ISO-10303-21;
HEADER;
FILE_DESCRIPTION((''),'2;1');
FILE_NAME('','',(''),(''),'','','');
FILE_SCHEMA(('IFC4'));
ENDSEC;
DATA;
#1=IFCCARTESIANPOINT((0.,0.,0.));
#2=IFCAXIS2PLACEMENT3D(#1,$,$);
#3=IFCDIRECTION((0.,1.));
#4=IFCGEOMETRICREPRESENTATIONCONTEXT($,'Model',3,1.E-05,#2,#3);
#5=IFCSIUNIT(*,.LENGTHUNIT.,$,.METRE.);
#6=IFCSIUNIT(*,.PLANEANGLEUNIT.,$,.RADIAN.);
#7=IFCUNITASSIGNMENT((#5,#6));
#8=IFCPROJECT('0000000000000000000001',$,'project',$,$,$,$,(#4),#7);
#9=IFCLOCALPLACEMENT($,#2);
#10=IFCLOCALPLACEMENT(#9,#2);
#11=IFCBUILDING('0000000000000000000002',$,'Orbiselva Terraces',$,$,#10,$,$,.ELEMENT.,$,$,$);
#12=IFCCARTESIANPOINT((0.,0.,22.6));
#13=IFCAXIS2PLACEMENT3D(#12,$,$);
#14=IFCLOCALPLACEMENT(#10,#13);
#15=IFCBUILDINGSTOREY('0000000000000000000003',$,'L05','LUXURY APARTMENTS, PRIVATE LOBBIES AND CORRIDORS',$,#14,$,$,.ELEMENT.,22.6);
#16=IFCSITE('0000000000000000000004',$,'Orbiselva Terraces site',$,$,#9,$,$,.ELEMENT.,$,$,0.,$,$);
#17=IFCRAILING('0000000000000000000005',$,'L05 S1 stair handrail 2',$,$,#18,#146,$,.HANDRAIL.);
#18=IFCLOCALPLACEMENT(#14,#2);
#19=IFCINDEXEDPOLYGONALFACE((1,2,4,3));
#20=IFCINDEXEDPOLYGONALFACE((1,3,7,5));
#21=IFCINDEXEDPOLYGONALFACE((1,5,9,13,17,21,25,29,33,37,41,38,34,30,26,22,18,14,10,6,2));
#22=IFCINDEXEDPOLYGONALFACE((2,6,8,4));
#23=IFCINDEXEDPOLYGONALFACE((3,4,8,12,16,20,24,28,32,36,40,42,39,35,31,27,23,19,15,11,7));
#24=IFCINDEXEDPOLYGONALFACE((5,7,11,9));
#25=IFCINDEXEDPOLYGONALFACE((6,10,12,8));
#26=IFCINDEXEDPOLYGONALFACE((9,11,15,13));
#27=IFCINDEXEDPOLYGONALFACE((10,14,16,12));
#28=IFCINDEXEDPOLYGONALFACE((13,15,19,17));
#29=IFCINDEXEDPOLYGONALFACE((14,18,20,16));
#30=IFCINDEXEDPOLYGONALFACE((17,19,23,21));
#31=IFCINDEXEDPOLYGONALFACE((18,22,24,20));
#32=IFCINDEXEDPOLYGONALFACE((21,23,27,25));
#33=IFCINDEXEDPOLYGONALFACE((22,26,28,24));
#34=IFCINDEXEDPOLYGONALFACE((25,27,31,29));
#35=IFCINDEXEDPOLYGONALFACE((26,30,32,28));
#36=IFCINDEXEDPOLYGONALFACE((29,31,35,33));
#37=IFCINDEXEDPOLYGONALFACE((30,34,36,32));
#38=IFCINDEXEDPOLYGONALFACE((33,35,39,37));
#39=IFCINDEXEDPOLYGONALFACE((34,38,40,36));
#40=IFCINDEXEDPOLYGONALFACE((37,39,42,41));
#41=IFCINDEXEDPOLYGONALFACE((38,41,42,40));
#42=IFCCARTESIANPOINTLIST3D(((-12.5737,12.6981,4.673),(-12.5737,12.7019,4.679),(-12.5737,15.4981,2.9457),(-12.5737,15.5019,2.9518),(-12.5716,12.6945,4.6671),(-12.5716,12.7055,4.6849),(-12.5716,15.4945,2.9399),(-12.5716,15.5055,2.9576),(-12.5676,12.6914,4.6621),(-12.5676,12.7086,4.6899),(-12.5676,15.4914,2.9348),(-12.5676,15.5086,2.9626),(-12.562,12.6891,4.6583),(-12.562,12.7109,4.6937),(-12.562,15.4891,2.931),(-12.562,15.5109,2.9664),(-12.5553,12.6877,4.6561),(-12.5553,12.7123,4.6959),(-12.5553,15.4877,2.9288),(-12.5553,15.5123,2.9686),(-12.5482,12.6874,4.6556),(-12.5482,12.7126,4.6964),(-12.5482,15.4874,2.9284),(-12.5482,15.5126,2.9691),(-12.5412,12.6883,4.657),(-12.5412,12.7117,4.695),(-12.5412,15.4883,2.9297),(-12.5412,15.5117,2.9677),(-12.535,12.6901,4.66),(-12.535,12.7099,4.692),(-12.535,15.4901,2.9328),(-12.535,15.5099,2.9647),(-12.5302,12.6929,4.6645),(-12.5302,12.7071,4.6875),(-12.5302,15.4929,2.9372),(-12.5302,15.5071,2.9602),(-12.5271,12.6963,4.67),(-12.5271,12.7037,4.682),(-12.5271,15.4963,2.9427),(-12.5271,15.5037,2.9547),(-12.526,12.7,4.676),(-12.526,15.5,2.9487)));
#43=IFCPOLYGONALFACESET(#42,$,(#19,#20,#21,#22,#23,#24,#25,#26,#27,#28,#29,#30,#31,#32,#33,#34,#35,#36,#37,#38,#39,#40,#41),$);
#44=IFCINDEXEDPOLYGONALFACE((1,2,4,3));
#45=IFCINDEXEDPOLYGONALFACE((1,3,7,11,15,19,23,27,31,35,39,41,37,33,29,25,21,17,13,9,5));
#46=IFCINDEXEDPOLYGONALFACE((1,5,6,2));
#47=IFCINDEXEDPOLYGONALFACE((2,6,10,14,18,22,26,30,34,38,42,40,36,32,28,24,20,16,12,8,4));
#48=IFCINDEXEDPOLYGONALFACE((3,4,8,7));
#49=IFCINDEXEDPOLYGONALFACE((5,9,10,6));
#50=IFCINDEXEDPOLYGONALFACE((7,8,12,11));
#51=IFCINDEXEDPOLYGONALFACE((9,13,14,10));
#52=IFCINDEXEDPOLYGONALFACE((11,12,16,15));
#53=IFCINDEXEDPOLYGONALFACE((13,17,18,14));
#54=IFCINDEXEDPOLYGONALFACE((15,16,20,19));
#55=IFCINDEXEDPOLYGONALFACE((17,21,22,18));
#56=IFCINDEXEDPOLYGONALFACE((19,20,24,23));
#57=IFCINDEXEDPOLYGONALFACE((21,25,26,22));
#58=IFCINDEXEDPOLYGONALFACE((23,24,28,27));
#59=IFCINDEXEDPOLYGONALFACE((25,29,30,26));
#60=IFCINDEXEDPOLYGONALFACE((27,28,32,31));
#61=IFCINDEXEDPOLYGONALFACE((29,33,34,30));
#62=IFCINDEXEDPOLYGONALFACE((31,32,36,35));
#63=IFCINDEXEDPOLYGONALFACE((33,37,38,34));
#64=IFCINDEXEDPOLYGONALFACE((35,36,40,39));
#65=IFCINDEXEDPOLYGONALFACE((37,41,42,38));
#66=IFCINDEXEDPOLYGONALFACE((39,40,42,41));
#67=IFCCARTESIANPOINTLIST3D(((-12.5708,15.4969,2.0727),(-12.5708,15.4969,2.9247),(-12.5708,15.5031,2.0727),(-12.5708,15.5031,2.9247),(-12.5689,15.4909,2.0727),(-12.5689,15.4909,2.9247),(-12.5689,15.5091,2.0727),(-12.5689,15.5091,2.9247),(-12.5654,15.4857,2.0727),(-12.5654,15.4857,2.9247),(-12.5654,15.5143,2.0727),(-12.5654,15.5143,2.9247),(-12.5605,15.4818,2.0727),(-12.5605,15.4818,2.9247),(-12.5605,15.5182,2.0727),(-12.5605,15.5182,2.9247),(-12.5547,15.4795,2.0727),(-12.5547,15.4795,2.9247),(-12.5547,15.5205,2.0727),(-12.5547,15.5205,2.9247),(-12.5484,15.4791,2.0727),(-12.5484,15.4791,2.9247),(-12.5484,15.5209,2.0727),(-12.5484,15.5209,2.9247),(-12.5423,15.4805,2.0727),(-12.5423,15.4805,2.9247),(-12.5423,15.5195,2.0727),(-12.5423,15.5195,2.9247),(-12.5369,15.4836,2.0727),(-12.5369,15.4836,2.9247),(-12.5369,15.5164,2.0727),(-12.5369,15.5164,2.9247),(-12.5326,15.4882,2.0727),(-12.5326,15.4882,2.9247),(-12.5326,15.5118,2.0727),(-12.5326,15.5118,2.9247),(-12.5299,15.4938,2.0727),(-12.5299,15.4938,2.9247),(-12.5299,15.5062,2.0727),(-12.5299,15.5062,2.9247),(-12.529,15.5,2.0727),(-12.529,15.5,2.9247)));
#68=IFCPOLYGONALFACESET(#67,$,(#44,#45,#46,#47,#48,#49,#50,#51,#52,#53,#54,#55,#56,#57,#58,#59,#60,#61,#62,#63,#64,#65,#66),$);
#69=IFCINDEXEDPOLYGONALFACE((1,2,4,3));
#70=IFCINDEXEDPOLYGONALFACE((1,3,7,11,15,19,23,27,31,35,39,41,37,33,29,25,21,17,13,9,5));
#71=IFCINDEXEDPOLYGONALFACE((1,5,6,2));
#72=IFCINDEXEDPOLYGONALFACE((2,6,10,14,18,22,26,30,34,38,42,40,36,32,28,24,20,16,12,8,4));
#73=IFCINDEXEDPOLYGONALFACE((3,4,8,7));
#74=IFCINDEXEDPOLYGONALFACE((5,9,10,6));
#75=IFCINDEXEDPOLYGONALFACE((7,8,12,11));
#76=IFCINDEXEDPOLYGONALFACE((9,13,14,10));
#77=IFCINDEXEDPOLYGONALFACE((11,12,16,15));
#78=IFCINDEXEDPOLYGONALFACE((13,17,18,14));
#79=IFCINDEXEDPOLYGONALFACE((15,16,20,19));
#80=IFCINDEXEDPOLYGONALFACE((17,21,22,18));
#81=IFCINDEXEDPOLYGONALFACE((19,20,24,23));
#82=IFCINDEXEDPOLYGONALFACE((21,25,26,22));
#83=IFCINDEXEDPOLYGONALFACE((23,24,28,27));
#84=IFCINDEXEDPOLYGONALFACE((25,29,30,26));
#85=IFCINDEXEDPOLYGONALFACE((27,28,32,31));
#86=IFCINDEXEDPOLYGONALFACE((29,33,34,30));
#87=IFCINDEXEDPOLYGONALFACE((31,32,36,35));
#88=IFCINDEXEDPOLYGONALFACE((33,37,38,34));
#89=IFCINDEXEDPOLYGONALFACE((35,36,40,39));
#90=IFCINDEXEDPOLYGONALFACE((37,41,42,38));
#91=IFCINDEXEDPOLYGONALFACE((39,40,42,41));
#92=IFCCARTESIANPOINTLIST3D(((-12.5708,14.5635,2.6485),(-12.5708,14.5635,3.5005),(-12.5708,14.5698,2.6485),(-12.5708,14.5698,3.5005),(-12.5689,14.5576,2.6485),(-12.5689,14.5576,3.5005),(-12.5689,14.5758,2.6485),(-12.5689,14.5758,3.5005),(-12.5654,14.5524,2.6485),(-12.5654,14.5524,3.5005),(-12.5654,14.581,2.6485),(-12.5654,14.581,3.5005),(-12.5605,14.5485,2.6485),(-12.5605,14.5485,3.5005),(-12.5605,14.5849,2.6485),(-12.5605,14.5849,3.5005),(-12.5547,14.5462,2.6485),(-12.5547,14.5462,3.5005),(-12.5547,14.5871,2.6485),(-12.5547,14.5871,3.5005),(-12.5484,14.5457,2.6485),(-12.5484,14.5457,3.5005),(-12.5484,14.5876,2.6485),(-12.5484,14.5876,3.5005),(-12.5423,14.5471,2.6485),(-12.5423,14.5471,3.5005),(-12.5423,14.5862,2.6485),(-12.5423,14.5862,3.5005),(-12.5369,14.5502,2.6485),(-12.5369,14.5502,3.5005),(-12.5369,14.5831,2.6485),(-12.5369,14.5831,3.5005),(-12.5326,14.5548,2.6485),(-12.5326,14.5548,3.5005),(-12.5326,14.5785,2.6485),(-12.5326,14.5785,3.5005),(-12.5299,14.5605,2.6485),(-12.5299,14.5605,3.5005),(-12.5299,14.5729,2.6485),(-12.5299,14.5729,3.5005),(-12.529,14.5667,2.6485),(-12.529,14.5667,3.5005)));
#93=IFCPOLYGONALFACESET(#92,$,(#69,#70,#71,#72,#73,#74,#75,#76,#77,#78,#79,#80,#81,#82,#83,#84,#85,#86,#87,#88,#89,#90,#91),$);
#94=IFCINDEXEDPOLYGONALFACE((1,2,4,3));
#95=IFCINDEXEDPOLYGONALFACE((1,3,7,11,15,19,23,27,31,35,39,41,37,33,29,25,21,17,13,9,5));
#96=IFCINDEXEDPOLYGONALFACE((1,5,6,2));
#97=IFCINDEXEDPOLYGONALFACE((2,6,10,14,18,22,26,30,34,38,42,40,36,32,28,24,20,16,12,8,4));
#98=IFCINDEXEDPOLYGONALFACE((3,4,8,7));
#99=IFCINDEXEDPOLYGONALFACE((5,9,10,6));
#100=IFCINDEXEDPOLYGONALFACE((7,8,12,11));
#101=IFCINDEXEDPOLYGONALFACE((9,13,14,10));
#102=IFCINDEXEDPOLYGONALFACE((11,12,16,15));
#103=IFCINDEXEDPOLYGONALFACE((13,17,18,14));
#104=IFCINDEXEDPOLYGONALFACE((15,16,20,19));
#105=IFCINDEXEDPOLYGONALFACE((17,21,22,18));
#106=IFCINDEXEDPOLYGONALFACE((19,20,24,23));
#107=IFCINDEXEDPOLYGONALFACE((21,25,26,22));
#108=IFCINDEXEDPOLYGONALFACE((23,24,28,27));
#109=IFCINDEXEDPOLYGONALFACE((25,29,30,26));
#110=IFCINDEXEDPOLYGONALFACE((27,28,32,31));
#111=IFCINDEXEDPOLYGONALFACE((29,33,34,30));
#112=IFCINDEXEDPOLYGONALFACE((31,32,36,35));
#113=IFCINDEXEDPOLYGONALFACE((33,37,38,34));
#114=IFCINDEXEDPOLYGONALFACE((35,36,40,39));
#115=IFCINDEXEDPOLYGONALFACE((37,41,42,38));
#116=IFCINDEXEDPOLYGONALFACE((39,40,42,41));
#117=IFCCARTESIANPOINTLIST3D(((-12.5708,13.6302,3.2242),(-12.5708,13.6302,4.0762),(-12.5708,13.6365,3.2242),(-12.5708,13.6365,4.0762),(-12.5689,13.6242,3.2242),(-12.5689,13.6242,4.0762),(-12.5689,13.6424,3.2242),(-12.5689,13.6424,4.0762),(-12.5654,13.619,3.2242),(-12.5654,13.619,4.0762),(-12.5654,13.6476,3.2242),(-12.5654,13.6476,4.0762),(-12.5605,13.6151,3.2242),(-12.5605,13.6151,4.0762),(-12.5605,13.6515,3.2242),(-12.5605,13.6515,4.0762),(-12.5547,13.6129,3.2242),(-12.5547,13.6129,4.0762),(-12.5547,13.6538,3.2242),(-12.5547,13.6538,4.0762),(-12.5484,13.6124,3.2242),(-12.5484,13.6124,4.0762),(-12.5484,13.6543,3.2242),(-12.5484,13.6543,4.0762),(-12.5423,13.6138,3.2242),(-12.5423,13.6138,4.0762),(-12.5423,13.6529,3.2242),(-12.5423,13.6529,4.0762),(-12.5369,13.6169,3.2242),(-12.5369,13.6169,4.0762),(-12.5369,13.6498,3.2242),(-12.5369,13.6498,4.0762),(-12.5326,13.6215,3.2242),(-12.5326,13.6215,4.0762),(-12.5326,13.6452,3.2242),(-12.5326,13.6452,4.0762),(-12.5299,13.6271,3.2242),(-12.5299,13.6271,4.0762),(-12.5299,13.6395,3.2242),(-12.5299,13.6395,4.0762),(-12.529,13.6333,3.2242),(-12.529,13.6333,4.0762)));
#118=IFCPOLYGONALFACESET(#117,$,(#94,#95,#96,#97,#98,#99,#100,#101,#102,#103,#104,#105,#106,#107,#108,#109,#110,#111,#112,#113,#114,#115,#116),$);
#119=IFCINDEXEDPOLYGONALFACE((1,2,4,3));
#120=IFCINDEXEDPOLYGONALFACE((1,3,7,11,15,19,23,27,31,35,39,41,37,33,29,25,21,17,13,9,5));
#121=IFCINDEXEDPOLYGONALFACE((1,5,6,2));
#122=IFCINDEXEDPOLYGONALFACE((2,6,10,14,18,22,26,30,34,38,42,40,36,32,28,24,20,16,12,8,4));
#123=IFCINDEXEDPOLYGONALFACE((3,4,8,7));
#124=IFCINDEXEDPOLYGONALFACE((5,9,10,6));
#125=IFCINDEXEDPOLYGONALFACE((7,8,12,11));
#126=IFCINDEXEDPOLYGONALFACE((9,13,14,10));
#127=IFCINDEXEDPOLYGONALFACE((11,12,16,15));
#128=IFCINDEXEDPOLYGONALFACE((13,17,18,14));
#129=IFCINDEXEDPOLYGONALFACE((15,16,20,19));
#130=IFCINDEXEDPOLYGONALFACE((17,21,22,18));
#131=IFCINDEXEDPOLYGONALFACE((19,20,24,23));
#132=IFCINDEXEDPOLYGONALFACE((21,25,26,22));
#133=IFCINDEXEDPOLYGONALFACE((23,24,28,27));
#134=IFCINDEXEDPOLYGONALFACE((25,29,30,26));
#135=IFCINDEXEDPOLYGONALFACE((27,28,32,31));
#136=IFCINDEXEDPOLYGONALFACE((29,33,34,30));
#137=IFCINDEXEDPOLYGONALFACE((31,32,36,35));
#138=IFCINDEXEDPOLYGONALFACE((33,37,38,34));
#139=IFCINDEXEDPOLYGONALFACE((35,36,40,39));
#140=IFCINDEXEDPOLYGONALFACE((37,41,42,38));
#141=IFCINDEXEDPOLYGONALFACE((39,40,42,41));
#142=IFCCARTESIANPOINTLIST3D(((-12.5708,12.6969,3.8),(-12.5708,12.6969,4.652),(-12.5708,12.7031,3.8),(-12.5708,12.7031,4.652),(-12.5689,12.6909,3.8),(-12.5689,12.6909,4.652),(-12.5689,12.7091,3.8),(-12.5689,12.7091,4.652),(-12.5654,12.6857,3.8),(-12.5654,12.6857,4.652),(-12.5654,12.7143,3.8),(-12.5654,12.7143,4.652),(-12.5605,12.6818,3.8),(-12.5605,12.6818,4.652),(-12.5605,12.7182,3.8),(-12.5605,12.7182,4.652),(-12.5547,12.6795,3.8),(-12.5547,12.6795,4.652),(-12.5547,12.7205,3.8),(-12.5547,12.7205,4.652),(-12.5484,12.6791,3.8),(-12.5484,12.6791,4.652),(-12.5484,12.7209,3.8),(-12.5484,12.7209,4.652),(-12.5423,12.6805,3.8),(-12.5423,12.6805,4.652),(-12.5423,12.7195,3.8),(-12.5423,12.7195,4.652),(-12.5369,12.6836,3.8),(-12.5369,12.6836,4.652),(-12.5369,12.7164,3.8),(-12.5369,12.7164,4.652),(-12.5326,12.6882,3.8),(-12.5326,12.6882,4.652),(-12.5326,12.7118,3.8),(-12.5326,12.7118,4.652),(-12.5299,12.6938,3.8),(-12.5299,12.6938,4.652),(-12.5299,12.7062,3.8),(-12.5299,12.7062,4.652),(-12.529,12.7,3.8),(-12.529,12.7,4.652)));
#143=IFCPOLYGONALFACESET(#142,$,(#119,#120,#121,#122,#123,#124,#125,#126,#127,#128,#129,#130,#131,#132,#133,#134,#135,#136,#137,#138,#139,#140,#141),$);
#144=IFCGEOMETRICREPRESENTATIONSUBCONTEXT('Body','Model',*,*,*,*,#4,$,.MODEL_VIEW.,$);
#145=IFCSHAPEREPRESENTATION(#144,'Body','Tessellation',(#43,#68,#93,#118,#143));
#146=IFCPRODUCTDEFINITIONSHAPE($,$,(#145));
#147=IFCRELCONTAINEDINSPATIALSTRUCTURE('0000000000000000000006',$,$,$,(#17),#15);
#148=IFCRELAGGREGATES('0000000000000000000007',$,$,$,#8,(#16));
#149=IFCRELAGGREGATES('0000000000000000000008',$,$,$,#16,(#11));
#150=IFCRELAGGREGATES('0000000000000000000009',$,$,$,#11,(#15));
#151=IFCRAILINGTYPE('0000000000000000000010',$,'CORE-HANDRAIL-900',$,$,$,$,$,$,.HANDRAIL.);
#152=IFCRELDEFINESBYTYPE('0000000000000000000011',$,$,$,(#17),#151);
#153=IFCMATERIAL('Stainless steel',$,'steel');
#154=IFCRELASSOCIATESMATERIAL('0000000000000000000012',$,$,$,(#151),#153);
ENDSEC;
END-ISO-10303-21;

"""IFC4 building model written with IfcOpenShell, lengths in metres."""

from ifc_helpers import new_model, si_unit, direction, frame, origin, origin_2d, place, context, subcontext, project, spatial, circle, extrude, material, type_object, element, save


model = new_model("IFC4")

# Units and contexts
model_context = context("Model", 3, precision=1e-05, world=origin(), true_north=direction((0.0, 1.0)))
body_context = subcontext(model_context, "Body", "Model", "MODEL_VIEW")
ifc_project = project(units=[si_unit("LENGTHUNIT", "METRE"), si_unit("PLANEANGLEUNIT", "RADIAN")], contexts=[model_context])

# Site, building, storey
site_placement = place(None, origin())
site = spatial("IfcSite", under=ifc_project, at=site_placement, Name="Orbiselva Terraces site", CompositionType="ELEMENT", RefElevation=0.0)
building_placement = place(site_placement, origin())
building = spatial("IfcBuilding", under=site, at=building_placement, Name="Orbiselva Terraces", CompositionType="ELEMENT")
storey_placement = place(building_placement, frame((0.0, 0.0, 22.6)))
storey = spatial("IfcBuildingStorey", under=building, at=storey_placement, Name="L05", Description="LUXURY APARTMENTS, PRIVATE LOBBIES AND CORRIDORS", CompositionType="ELEMENT", Elevation=22.6)

# Railing
ifc_material_1 = material(Name="Stainless steel", Category="steel")
railing_type = type_object("IfcRailingType", Name="CORE-HANDRAIL-900", PredefinedType="HANDRAIL", material=ifc_material_1)
railing_placement = place(storey_placement, frame((-12.55, 15.5, 2.0727)))
element("IfcRailing", 1, at=railing_placement, inside=storey, type_object=railing_type, Name="L05 S1 stair handrail 2", PredefinedType="HANDRAIL", context=body_context, shape_type="SweptSolid", body=[
    extrude(circle(Radius=0.024, at=origin_2d()), frame((0.0, 0.0, 0.876), z_axis=(0.0, -0.851089, 0.525022), x_axis=(1.0, 0.0, 0.0)), (0.0, 0.0, 1.0), 3.2899),
    extrude(circle(Radius=0.021, at=origin_2d()), origin(), (0.0, 0.0, 1.0), 0.852),
    extrude(circle(Radius=0.021, at=origin_2d()), frame((0.0, -0.9333, 0.5758)), (0.0, 0.0, 1.0), 0.852),
    extrude(circle(Radius=0.021, at=origin_2d()), frame((0.0, -1.8667, 1.1515)), (0.0, 0.0, 1.0), 0.852),
    extrude(circle(Radius=0.021, at=origin_2d()), frame((0.0, -2.8, 1.7273)), (0.0, 0.0, 1.0), 0.852),
])

save(model, "model.ifc")
